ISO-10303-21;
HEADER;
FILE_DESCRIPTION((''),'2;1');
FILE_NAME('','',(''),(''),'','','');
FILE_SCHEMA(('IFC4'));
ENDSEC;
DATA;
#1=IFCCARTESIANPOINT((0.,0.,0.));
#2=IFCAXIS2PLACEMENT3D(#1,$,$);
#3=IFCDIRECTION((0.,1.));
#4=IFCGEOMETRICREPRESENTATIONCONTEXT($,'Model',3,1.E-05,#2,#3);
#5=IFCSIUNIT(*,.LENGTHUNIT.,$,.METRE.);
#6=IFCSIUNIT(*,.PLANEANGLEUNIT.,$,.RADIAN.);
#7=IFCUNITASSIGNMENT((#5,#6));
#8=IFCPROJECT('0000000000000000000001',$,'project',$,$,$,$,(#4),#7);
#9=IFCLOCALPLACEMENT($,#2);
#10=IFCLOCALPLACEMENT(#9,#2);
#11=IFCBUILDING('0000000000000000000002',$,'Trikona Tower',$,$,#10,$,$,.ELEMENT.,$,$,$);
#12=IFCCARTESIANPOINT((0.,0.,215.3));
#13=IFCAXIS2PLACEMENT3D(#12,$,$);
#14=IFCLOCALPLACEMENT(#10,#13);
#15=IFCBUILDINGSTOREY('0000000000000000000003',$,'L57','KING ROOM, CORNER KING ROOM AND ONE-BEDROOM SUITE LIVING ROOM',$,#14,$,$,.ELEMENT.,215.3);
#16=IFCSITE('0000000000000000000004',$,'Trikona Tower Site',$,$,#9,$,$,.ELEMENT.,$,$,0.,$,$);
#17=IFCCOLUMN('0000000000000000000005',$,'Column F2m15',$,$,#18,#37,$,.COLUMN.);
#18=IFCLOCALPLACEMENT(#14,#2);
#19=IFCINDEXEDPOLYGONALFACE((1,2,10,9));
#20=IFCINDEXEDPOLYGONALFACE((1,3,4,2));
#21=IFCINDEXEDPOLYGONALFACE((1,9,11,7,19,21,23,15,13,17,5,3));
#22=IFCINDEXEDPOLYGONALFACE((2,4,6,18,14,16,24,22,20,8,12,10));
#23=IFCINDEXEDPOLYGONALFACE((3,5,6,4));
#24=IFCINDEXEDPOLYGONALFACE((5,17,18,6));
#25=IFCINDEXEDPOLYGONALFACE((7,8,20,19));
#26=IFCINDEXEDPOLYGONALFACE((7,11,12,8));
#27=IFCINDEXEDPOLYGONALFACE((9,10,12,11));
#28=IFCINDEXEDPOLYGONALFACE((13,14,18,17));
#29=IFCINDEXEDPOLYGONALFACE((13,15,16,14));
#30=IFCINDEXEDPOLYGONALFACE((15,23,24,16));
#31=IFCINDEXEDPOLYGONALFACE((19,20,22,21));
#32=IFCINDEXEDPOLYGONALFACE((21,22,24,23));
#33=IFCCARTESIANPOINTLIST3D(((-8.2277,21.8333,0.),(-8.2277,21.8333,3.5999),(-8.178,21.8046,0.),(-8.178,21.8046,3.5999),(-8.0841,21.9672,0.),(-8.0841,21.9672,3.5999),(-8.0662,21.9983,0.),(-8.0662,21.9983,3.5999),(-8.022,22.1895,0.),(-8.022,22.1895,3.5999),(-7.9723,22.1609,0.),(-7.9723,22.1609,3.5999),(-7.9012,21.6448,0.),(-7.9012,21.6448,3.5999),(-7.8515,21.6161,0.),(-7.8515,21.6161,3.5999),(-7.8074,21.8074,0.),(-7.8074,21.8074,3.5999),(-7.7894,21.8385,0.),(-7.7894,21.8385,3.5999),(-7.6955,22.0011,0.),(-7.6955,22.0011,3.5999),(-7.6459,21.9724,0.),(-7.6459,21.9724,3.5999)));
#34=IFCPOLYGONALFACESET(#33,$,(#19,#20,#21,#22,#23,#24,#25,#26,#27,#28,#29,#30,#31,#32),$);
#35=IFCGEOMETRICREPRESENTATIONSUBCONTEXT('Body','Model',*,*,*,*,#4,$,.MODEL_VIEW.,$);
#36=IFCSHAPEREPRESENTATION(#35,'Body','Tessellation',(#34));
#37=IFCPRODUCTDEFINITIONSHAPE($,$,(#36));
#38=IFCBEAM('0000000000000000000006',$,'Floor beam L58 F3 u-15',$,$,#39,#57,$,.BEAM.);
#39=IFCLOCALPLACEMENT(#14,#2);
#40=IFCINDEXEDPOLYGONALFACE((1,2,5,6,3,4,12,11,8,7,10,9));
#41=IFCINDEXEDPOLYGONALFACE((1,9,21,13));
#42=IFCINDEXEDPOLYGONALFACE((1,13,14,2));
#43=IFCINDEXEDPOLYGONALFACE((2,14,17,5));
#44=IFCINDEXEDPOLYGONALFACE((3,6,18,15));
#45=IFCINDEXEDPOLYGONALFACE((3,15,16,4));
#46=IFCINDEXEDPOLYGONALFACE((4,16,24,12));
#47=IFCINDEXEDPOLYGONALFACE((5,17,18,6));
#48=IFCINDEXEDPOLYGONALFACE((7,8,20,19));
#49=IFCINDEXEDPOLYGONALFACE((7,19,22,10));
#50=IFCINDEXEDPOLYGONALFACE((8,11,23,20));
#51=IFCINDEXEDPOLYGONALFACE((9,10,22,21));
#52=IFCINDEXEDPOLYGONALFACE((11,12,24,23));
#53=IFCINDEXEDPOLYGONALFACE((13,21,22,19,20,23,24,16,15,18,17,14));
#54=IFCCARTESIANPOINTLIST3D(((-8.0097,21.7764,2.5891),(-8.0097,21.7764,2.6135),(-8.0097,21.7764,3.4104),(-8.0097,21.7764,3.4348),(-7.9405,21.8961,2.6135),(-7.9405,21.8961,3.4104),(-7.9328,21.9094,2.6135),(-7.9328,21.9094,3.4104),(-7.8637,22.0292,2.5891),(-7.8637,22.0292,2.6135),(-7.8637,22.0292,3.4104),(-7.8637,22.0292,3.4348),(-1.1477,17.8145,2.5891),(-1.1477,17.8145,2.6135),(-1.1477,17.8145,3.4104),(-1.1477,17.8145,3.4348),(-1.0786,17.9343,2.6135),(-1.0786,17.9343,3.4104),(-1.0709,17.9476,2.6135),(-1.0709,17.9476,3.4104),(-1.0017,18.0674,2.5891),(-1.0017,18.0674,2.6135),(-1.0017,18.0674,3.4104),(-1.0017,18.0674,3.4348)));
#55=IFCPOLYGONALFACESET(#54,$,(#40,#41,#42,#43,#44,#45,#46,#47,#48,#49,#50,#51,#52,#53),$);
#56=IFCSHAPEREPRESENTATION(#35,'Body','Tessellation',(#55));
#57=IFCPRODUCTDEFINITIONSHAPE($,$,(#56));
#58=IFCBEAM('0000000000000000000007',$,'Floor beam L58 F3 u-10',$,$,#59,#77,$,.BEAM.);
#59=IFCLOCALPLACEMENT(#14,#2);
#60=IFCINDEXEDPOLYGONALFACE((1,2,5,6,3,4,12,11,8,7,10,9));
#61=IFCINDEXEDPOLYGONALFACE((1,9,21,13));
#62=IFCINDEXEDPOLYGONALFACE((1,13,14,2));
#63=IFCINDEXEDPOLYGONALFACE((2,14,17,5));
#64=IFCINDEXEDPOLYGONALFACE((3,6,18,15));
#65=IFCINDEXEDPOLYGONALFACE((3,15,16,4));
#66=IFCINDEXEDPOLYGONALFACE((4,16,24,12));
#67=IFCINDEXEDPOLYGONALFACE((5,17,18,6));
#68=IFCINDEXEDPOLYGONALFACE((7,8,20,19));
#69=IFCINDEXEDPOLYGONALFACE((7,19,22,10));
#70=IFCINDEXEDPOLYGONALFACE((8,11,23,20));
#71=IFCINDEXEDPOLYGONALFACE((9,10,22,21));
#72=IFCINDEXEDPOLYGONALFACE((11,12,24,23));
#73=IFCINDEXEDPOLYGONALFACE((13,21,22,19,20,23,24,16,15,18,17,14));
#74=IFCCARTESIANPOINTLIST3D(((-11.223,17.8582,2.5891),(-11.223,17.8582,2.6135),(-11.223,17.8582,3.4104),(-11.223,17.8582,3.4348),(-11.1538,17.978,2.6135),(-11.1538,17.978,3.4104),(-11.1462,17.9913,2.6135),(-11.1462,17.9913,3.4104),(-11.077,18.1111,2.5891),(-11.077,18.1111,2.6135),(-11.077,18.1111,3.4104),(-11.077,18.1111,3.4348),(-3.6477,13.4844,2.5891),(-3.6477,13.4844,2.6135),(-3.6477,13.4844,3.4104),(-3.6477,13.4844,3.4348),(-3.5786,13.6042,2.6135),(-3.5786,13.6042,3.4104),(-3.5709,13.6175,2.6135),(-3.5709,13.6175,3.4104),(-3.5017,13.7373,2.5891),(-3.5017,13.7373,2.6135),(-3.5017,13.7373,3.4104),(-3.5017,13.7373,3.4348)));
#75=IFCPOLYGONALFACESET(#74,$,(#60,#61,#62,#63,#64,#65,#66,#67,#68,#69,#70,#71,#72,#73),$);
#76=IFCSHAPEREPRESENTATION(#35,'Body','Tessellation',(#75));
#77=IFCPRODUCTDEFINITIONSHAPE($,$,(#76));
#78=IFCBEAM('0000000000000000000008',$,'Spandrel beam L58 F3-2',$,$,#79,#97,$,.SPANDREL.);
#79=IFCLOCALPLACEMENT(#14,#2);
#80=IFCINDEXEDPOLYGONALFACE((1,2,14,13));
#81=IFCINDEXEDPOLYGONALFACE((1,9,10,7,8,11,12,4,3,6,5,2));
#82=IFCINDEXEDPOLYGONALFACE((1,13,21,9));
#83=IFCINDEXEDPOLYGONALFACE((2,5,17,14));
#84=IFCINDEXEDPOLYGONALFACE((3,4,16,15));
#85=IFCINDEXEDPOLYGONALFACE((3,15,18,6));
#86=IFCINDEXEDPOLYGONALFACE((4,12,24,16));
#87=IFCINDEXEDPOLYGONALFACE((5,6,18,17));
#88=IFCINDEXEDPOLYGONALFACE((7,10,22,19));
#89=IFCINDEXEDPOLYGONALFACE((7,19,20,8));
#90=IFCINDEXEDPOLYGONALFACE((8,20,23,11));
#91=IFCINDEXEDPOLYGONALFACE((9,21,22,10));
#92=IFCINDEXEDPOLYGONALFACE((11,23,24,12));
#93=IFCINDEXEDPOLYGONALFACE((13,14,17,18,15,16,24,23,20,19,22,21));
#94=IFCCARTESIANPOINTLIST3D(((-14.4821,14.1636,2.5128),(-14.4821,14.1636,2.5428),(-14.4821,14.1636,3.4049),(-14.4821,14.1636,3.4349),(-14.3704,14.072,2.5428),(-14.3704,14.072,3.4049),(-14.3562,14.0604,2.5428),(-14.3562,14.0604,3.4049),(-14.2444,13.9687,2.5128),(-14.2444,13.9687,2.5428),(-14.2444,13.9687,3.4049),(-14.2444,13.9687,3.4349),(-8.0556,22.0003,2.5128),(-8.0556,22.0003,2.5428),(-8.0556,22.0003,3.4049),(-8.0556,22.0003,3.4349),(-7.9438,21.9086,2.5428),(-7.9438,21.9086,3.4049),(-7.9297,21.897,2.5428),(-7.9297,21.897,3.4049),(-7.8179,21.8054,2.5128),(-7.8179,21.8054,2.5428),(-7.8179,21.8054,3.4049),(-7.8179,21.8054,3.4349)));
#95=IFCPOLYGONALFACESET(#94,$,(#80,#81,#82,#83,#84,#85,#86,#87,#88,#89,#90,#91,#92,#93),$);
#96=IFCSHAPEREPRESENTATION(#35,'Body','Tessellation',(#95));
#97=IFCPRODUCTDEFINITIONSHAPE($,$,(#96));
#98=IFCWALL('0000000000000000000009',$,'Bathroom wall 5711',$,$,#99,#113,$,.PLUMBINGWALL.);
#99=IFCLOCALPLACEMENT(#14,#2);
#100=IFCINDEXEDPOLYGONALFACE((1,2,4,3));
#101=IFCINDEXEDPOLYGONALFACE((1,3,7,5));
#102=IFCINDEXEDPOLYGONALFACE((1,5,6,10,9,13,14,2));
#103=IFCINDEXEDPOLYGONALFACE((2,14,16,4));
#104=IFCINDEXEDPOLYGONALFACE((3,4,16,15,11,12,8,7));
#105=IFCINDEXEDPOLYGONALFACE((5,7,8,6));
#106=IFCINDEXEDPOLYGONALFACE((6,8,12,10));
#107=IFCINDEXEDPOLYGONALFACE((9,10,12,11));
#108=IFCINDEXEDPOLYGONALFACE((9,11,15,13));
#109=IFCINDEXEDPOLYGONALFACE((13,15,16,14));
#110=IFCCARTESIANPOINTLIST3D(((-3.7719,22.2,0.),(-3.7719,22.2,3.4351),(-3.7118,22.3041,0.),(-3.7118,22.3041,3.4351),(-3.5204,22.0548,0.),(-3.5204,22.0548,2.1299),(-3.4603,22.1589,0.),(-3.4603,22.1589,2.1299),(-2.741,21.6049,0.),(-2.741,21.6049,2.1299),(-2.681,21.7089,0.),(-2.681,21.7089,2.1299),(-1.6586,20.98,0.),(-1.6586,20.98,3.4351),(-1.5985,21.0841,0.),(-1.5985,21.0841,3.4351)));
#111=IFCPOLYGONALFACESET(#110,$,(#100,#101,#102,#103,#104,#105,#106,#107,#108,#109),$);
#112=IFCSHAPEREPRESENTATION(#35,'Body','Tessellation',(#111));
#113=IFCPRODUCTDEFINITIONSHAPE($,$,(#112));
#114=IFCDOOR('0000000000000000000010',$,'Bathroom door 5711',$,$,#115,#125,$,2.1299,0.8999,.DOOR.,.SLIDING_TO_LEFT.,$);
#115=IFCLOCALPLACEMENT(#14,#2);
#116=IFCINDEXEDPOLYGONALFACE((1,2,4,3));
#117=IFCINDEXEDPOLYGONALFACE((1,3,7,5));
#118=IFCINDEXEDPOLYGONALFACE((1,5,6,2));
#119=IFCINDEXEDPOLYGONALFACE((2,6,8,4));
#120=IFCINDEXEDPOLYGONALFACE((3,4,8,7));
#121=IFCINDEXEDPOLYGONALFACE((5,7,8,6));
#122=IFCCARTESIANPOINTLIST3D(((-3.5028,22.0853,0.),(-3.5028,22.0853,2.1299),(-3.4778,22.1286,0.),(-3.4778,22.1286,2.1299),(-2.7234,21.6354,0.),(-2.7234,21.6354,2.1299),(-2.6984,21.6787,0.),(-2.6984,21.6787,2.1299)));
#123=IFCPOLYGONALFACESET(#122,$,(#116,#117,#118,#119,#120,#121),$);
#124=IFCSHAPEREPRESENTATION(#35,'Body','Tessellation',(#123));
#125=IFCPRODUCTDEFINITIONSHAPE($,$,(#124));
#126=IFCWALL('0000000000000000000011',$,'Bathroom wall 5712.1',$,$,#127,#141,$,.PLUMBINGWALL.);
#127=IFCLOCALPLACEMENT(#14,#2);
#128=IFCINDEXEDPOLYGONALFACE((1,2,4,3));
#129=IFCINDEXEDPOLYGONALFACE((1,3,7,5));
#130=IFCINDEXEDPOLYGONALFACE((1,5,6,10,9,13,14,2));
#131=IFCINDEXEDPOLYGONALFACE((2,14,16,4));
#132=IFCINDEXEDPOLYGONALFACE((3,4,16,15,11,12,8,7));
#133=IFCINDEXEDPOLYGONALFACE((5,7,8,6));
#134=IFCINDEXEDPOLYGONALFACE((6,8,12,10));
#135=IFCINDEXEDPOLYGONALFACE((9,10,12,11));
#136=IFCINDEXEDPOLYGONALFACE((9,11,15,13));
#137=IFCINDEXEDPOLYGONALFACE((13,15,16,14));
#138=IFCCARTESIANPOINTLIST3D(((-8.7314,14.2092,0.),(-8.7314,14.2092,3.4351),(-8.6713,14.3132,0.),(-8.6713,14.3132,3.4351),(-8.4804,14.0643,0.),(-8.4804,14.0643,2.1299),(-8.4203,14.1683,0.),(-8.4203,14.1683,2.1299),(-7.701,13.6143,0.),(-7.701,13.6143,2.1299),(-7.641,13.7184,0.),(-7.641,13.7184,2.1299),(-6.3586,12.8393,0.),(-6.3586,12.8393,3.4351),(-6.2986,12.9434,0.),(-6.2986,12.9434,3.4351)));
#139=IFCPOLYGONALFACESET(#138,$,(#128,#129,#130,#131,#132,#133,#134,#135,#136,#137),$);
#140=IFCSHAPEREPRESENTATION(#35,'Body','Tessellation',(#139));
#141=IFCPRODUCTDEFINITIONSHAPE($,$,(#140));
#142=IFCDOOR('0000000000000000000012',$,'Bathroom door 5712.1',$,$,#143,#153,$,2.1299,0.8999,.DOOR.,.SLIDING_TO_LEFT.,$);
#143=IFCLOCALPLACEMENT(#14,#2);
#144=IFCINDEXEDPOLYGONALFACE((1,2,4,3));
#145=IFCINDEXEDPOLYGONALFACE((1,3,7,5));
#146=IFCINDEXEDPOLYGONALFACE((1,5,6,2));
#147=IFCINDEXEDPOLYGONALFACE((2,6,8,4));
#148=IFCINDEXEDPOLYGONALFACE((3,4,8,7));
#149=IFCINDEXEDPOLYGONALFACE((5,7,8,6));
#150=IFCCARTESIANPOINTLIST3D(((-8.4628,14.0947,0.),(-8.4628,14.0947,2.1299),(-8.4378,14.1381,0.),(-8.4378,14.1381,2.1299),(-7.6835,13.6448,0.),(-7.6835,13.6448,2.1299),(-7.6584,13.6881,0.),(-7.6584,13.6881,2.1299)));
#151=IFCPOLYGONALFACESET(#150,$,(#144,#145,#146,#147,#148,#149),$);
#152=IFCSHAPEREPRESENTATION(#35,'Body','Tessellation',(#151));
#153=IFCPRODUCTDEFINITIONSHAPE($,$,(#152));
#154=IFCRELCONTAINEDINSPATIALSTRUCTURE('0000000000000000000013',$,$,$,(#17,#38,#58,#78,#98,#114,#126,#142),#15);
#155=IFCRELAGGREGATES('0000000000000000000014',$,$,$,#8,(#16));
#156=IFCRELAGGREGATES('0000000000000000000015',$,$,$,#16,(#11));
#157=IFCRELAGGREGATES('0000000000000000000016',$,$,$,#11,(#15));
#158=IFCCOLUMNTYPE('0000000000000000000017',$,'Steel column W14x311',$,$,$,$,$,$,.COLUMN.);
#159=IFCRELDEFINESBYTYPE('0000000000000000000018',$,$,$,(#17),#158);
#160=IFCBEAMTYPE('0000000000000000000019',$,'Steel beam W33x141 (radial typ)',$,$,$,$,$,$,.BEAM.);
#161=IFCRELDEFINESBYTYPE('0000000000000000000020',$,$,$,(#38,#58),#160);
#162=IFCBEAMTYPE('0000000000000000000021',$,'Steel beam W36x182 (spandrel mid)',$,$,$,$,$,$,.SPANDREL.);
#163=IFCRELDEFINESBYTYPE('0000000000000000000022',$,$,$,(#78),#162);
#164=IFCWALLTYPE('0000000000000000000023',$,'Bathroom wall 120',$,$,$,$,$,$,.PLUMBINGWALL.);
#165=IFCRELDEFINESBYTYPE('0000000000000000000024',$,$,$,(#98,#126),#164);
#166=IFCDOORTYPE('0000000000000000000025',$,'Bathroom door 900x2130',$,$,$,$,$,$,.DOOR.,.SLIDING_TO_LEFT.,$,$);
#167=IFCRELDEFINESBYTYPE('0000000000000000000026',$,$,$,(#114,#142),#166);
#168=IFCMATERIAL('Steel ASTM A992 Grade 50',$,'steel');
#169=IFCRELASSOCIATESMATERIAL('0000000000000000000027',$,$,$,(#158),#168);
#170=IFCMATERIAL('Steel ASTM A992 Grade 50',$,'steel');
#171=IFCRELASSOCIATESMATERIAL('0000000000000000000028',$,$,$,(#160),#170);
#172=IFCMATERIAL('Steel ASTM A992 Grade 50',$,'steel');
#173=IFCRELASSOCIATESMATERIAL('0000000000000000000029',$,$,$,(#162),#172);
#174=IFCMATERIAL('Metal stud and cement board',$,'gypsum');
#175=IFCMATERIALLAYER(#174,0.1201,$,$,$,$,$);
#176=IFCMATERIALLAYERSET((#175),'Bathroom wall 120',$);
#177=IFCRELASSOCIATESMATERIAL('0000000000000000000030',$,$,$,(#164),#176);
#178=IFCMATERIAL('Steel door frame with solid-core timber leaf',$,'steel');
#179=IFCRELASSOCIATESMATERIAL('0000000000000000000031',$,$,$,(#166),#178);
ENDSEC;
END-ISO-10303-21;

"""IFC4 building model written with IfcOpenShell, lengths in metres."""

from ifc_helpers import new_model, si_unit, direction, frame, frame_2d, origin, origin_2d, place, context, subcontext, project, spatial, rectangle, i_section, extrude, material, layer, layer_set, material_profile, profile_set, type_object, element, fill, save


model = new_model("IFC4")

# Units and contexts
model_context = context("Model", 3, precision=1e-05, world=origin(), true_north=direction((0.0, 1.0)))
body_context = subcontext(model_context, "Body", "Model", "MODEL_VIEW")
ifc_project = project(units=[si_unit("LENGTHUNIT", "METRE"), si_unit("PLANEANGLEUNIT", "RADIAN")], contexts=[model_context])

# Site, building, storey
site_placement = place(None, origin())
site = spatial("IfcSite", under=ifc_project, at=site_placement, Name="Trikona Tower Site", CompositionType="ELEMENT", RefElevation=0.0)
building_placement = place(site_placement, origin())
building = spatial("IfcBuilding", under=site, at=building_placement, Name="Trikona Tower", CompositionType="ELEMENT")
storey_placement = place(building_placement, frame((0.0, 0.0, 215.3)))
storey = spatial("IfcBuildingStorey", under=building, at=storey_placement, Name="L57", Description="KING ROOM, CORNER KING ROOM AND ONE-BEDROOM SUITE LIVING ROOM", CompositionType="ELEMENT", Elevation=215.3)

# Column
ifc_material_1 = material(Name="Steel ASTM A992 Grade 50", Category="steel")
ifc_material_profile_1 = material_profile(ifc_material_1, i_section(OverallWidth=0.4114, OverallDepth=0.4343, WebThickness=0.0359, FlangeThickness=0.0574, at=origin_2d()), Name="W14X311")
ifc_profile_set_1 = profile_set([ifc_material_profile_1], Name="Steel ASTM A992 Grade 50")
column_type = type_object("IfcColumnType", Name="Steel column W14x311", PredefinedType="COLUMN", material=ifc_profile_set_1)
column_placement = place(storey_placement, frame((-7.9368, 21.9028, 0.0), z_axis=(0.0, 0.0, 1.0), x_axis=(-0.5, -0.866025, 0.0)))
element("IfcColumn", 1, at=column_placement, inside=storey, type_object=column_type, Name="Column F2m15", PredefinedType="COLUMN", context=body_context, shape_type="SweptSolid", body=[
    extrude(i_section(OverallWidth=0.4114, OverallDepth=0.4343, WebThickness=0.0359, FlangeThickness=0.0574, at=origin_2d()), origin(), (0.0, 0.0, 1.0), 3.5999),
])

# Beams
ifc_material_2 = material(Name="Steel ASTM A992 Grade 50", Category="steel")
ifc_material_profile_2 = material_profile(ifc_material_2, i_section(OverallWidth=0.292, OverallDepth=0.8457, WebThickness=0.0154, FlangeThickness=0.0244, at=origin_2d()), Name="W33X141")
ifc_profile_set_2 = profile_set([ifc_material_profile_2], Name="Steel ASTM A992 Grade 50")
beam_type_1 = type_object("IfcBeamType", Name="Steel beam W33x141 (radial typ)", PredefinedType="BEAM", material=ifc_profile_set_2)
beam_1_placement = place(storey_placement, frame((-1.0747, 17.9409, 3.012), z_axis=(-0.86602, 0.50001, 0.0), x_axis=(-0.50001, -0.86602, 0.0)))
element("IfcBeam", 2, at=beam_1_placement, inside=storey, type_object=beam_type_1, Name="Floor beam L58 F3 u-15", PredefinedType="BEAM", context=body_context, shape_type="SweptSolid", body=[
    extrude(i_section(OverallWidth=0.292, OverallDepth=0.8457, WebThickness=0.0154, FlangeThickness=0.0244, at=origin_2d()), origin(), (0.0, 0.0, 1.0), 7.9236),
])
beam_2_placement = place(storey_placement, frame((-3.5747, 13.6108, 3.012), z_axis=(-0.866014, 0.50002, 0.0), x_axis=(-0.50002, -0.866014, 0.0)))
element("IfcBeam", 3, at=beam_2_placement, inside=storey, type_object=beam_type_1, Name="Floor beam L58 F3 u-10", PredefinedType="BEAM", context=body_context, shape_type="SweptSolid", body=[
    extrude(i_section(OverallWidth=0.292, OverallDepth=0.8457, WebThickness=0.0154, FlangeThickness=0.0244, at=origin_2d()), origin(), (0.0, 0.0, 1.0), 8.7473),
])
ifc_material_3 = material(Name="Steel ASTM A992 Grade 50", Category="steel")
ifc_material_profile_3 = material_profile(ifc_material_3, i_section(OverallWidth=0.3074, OverallDepth=0.9221, WebThickness=0.0183, FlangeThickness=0.03, at=origin_2d()), Name="W36X182")
ifc_profile_set_3 = profile_set([ifc_material_profile_3], Name="Steel ASTM A992 Grade 50")
beam_type_2 = type_object("IfcBeamType", Name="Steel beam W36x182 (spandrel mid)", PredefinedType="SPANDREL", material=ifc_profile_set_3)
beam_3_placement = place(storey_placement, frame((-7.9368, 21.9028, 2.9739), z_axis=(-0.634106, -0.773246, 0.0), x_axis=(0.773246, -0.634106, 0.0)))
element("IfcBeam", 4, at=beam_3_placement, inside=storey, type_object=beam_type_2, Name="Spandrel beam L58 F3-2", PredefinedType="SPANDREL", context=body_context, shape_type="SweptSolid", body=[
    extrude(i_section(OverallWidth=0.3074, OverallDepth=0.9221, WebThickness=0.0183, FlangeThickness=0.03, at=origin_2d()), origin(), (0.0, 0.0, 1.0), 10.1348),
])

# Walls, openings, doors
ifc_material_4 = material(Name="Metal stud and cement board", Category="gypsum")
ifc_layer_1 = layer(ifc_material_4, 0.1201)
ifc_layer_set_1 = layer_set([ifc_layer_1], Name="Bathroom wall 120")
wall_type_1 = type_object("IfcWallType", Name="Bathroom wall 120", PredefinedType="PLUMBINGWALL", material=ifc_layer_set_1)
wall_1_placement = place(storey_placement, frame((-1.6284, 21.032, 0.0), z_axis=(0.0, 0.0, 1.0), x_axis=(-0.866049, 0.499959, 0.0)))
wall_1 = element("IfcWall", 5, at=wall_1_placement, inside=storey, type_object=wall_type_1, Name="Bathroom wall 5711", PredefinedType="PLUMBINGWALL", context=body_context, shape_type="SweptSolid", body=[
    extrude(rectangle(XDim=2.4402, YDim=0.1201, at=frame_2d((1.2202, 0.0))), origin(), (0.0, 0.0, 1.0), 3.4351),
])
opening_1_placement = place(wall_1_placement, frame((1.25, 0.0, 0.0)))
opening_1 = element("IfcOpeningElement", 6, at=opening_1_placement, cuts=wall_1, PredefinedType="OPENING", context=body_context, shape_type="SweptSolid", body=[
    extrude(rectangle(XDim=0.8999, YDim=2.1299, at=frame_2d((0.45, 1.0649))), frame((0.0, 0.0701, 0.0), z_axis=(0.0, -1.0, 0.0), x_axis=(1.0, 0.0, 0.0)), (0.0, 0.0, 1.0), 0.1401),
])
ifc_material_5 = material(Name="Steel door frame with solid-core timber leaf", Category="steel")
door_type_1 = type_object("IfcDoorType", Name="Bathroom door 900x2130", OperationType="SLIDING_TO_LEFT", PredefinedType="DOOR", material=ifc_material_5)
door_1_placement = place(opening_1_placement, origin())
door_1 = element("IfcDoor", 7, at=door_1_placement, inside=storey, type_object=door_type_1, Name="Bathroom door 5711", OperationType="SLIDING_TO_LEFT", OverallHeight=2.1299, OverallWidth=0.8999, PredefinedType="DOOR", context=body_context, shape_type="SweptSolid", body=[
    extrude(rectangle(XDim=0.8999, YDim=2.1299, at=frame_2d((0.45, 1.0649))), frame((0.0, 0.0249, 0.0), z_axis=(0.0, -1.0, 0.0), x_axis=(1.0, 0.0, 0.0)), (0.0, 0.0, 1.0), 0.05),
])
fill(opening_1, door_1)
wall_2_placement = place(storey_placement, frame((-6.3286, 12.8914, 0.0), z_axis=(0.0, 0.0, 1.0), x_axis=(-0.866036, 0.499982, 0.0)))
wall_2 = element("IfcWall", 8, at=wall_2_placement, inside=storey, type_object=wall_type_1, Name="Bathroom wall 5712.1", PredefinedType="PLUMBINGWALL", context=body_context, shape_type="SweptSolid", body=[
    extrude(rectangle(XDim=2.7397, YDim=0.1201, at=frame_2d((1.3699, 0.0))), origin(), (0.0, 0.0, 1.0), 3.4351),
])
opening_2_placement = place(wall_2_placement, frame((1.55, 0.0, 0.0)))
opening_2 = element("IfcOpeningElement", 9, at=opening_2_placement, cuts=wall_2, PredefinedType="OPENING", context=body_context, shape_type="SweptSolid", body=[
    extrude(rectangle(XDim=0.8999, YDim=2.1299, at=frame_2d((0.45, 1.0649))), frame((0.0, 0.0701, 0.0), z_axis=(0.0, -1.0, 0.0), x_axis=(1.0, 0.0, 0.0)), (0.0, 0.0, 1.0), 0.1401),
])
door_2_placement = place(opening_2_placement, origin())
door_2 = element("IfcDoor", 10, at=door_2_placement, inside=storey, type_object=door_type_1, Name="Bathroom door 5712.1", OperationType="SLIDING_TO_LEFT", OverallHeight=2.1299, OverallWidth=0.8999, PredefinedType="DOOR", context=body_context, shape_type="SweptSolid", body=[
    extrude(rectangle(XDim=0.8999, YDim=2.1299, at=frame_2d((0.45, 1.0649))), frame((0.0, 0.0249, 0.0), z_axis=(0.0, -1.0, 0.0), x_axis=(1.0, 0.0, 0.0)), (0.0, 0.0, 1.0), 0.05),
])
fill(opening_2, door_2)

save(model, "model.ifc")
